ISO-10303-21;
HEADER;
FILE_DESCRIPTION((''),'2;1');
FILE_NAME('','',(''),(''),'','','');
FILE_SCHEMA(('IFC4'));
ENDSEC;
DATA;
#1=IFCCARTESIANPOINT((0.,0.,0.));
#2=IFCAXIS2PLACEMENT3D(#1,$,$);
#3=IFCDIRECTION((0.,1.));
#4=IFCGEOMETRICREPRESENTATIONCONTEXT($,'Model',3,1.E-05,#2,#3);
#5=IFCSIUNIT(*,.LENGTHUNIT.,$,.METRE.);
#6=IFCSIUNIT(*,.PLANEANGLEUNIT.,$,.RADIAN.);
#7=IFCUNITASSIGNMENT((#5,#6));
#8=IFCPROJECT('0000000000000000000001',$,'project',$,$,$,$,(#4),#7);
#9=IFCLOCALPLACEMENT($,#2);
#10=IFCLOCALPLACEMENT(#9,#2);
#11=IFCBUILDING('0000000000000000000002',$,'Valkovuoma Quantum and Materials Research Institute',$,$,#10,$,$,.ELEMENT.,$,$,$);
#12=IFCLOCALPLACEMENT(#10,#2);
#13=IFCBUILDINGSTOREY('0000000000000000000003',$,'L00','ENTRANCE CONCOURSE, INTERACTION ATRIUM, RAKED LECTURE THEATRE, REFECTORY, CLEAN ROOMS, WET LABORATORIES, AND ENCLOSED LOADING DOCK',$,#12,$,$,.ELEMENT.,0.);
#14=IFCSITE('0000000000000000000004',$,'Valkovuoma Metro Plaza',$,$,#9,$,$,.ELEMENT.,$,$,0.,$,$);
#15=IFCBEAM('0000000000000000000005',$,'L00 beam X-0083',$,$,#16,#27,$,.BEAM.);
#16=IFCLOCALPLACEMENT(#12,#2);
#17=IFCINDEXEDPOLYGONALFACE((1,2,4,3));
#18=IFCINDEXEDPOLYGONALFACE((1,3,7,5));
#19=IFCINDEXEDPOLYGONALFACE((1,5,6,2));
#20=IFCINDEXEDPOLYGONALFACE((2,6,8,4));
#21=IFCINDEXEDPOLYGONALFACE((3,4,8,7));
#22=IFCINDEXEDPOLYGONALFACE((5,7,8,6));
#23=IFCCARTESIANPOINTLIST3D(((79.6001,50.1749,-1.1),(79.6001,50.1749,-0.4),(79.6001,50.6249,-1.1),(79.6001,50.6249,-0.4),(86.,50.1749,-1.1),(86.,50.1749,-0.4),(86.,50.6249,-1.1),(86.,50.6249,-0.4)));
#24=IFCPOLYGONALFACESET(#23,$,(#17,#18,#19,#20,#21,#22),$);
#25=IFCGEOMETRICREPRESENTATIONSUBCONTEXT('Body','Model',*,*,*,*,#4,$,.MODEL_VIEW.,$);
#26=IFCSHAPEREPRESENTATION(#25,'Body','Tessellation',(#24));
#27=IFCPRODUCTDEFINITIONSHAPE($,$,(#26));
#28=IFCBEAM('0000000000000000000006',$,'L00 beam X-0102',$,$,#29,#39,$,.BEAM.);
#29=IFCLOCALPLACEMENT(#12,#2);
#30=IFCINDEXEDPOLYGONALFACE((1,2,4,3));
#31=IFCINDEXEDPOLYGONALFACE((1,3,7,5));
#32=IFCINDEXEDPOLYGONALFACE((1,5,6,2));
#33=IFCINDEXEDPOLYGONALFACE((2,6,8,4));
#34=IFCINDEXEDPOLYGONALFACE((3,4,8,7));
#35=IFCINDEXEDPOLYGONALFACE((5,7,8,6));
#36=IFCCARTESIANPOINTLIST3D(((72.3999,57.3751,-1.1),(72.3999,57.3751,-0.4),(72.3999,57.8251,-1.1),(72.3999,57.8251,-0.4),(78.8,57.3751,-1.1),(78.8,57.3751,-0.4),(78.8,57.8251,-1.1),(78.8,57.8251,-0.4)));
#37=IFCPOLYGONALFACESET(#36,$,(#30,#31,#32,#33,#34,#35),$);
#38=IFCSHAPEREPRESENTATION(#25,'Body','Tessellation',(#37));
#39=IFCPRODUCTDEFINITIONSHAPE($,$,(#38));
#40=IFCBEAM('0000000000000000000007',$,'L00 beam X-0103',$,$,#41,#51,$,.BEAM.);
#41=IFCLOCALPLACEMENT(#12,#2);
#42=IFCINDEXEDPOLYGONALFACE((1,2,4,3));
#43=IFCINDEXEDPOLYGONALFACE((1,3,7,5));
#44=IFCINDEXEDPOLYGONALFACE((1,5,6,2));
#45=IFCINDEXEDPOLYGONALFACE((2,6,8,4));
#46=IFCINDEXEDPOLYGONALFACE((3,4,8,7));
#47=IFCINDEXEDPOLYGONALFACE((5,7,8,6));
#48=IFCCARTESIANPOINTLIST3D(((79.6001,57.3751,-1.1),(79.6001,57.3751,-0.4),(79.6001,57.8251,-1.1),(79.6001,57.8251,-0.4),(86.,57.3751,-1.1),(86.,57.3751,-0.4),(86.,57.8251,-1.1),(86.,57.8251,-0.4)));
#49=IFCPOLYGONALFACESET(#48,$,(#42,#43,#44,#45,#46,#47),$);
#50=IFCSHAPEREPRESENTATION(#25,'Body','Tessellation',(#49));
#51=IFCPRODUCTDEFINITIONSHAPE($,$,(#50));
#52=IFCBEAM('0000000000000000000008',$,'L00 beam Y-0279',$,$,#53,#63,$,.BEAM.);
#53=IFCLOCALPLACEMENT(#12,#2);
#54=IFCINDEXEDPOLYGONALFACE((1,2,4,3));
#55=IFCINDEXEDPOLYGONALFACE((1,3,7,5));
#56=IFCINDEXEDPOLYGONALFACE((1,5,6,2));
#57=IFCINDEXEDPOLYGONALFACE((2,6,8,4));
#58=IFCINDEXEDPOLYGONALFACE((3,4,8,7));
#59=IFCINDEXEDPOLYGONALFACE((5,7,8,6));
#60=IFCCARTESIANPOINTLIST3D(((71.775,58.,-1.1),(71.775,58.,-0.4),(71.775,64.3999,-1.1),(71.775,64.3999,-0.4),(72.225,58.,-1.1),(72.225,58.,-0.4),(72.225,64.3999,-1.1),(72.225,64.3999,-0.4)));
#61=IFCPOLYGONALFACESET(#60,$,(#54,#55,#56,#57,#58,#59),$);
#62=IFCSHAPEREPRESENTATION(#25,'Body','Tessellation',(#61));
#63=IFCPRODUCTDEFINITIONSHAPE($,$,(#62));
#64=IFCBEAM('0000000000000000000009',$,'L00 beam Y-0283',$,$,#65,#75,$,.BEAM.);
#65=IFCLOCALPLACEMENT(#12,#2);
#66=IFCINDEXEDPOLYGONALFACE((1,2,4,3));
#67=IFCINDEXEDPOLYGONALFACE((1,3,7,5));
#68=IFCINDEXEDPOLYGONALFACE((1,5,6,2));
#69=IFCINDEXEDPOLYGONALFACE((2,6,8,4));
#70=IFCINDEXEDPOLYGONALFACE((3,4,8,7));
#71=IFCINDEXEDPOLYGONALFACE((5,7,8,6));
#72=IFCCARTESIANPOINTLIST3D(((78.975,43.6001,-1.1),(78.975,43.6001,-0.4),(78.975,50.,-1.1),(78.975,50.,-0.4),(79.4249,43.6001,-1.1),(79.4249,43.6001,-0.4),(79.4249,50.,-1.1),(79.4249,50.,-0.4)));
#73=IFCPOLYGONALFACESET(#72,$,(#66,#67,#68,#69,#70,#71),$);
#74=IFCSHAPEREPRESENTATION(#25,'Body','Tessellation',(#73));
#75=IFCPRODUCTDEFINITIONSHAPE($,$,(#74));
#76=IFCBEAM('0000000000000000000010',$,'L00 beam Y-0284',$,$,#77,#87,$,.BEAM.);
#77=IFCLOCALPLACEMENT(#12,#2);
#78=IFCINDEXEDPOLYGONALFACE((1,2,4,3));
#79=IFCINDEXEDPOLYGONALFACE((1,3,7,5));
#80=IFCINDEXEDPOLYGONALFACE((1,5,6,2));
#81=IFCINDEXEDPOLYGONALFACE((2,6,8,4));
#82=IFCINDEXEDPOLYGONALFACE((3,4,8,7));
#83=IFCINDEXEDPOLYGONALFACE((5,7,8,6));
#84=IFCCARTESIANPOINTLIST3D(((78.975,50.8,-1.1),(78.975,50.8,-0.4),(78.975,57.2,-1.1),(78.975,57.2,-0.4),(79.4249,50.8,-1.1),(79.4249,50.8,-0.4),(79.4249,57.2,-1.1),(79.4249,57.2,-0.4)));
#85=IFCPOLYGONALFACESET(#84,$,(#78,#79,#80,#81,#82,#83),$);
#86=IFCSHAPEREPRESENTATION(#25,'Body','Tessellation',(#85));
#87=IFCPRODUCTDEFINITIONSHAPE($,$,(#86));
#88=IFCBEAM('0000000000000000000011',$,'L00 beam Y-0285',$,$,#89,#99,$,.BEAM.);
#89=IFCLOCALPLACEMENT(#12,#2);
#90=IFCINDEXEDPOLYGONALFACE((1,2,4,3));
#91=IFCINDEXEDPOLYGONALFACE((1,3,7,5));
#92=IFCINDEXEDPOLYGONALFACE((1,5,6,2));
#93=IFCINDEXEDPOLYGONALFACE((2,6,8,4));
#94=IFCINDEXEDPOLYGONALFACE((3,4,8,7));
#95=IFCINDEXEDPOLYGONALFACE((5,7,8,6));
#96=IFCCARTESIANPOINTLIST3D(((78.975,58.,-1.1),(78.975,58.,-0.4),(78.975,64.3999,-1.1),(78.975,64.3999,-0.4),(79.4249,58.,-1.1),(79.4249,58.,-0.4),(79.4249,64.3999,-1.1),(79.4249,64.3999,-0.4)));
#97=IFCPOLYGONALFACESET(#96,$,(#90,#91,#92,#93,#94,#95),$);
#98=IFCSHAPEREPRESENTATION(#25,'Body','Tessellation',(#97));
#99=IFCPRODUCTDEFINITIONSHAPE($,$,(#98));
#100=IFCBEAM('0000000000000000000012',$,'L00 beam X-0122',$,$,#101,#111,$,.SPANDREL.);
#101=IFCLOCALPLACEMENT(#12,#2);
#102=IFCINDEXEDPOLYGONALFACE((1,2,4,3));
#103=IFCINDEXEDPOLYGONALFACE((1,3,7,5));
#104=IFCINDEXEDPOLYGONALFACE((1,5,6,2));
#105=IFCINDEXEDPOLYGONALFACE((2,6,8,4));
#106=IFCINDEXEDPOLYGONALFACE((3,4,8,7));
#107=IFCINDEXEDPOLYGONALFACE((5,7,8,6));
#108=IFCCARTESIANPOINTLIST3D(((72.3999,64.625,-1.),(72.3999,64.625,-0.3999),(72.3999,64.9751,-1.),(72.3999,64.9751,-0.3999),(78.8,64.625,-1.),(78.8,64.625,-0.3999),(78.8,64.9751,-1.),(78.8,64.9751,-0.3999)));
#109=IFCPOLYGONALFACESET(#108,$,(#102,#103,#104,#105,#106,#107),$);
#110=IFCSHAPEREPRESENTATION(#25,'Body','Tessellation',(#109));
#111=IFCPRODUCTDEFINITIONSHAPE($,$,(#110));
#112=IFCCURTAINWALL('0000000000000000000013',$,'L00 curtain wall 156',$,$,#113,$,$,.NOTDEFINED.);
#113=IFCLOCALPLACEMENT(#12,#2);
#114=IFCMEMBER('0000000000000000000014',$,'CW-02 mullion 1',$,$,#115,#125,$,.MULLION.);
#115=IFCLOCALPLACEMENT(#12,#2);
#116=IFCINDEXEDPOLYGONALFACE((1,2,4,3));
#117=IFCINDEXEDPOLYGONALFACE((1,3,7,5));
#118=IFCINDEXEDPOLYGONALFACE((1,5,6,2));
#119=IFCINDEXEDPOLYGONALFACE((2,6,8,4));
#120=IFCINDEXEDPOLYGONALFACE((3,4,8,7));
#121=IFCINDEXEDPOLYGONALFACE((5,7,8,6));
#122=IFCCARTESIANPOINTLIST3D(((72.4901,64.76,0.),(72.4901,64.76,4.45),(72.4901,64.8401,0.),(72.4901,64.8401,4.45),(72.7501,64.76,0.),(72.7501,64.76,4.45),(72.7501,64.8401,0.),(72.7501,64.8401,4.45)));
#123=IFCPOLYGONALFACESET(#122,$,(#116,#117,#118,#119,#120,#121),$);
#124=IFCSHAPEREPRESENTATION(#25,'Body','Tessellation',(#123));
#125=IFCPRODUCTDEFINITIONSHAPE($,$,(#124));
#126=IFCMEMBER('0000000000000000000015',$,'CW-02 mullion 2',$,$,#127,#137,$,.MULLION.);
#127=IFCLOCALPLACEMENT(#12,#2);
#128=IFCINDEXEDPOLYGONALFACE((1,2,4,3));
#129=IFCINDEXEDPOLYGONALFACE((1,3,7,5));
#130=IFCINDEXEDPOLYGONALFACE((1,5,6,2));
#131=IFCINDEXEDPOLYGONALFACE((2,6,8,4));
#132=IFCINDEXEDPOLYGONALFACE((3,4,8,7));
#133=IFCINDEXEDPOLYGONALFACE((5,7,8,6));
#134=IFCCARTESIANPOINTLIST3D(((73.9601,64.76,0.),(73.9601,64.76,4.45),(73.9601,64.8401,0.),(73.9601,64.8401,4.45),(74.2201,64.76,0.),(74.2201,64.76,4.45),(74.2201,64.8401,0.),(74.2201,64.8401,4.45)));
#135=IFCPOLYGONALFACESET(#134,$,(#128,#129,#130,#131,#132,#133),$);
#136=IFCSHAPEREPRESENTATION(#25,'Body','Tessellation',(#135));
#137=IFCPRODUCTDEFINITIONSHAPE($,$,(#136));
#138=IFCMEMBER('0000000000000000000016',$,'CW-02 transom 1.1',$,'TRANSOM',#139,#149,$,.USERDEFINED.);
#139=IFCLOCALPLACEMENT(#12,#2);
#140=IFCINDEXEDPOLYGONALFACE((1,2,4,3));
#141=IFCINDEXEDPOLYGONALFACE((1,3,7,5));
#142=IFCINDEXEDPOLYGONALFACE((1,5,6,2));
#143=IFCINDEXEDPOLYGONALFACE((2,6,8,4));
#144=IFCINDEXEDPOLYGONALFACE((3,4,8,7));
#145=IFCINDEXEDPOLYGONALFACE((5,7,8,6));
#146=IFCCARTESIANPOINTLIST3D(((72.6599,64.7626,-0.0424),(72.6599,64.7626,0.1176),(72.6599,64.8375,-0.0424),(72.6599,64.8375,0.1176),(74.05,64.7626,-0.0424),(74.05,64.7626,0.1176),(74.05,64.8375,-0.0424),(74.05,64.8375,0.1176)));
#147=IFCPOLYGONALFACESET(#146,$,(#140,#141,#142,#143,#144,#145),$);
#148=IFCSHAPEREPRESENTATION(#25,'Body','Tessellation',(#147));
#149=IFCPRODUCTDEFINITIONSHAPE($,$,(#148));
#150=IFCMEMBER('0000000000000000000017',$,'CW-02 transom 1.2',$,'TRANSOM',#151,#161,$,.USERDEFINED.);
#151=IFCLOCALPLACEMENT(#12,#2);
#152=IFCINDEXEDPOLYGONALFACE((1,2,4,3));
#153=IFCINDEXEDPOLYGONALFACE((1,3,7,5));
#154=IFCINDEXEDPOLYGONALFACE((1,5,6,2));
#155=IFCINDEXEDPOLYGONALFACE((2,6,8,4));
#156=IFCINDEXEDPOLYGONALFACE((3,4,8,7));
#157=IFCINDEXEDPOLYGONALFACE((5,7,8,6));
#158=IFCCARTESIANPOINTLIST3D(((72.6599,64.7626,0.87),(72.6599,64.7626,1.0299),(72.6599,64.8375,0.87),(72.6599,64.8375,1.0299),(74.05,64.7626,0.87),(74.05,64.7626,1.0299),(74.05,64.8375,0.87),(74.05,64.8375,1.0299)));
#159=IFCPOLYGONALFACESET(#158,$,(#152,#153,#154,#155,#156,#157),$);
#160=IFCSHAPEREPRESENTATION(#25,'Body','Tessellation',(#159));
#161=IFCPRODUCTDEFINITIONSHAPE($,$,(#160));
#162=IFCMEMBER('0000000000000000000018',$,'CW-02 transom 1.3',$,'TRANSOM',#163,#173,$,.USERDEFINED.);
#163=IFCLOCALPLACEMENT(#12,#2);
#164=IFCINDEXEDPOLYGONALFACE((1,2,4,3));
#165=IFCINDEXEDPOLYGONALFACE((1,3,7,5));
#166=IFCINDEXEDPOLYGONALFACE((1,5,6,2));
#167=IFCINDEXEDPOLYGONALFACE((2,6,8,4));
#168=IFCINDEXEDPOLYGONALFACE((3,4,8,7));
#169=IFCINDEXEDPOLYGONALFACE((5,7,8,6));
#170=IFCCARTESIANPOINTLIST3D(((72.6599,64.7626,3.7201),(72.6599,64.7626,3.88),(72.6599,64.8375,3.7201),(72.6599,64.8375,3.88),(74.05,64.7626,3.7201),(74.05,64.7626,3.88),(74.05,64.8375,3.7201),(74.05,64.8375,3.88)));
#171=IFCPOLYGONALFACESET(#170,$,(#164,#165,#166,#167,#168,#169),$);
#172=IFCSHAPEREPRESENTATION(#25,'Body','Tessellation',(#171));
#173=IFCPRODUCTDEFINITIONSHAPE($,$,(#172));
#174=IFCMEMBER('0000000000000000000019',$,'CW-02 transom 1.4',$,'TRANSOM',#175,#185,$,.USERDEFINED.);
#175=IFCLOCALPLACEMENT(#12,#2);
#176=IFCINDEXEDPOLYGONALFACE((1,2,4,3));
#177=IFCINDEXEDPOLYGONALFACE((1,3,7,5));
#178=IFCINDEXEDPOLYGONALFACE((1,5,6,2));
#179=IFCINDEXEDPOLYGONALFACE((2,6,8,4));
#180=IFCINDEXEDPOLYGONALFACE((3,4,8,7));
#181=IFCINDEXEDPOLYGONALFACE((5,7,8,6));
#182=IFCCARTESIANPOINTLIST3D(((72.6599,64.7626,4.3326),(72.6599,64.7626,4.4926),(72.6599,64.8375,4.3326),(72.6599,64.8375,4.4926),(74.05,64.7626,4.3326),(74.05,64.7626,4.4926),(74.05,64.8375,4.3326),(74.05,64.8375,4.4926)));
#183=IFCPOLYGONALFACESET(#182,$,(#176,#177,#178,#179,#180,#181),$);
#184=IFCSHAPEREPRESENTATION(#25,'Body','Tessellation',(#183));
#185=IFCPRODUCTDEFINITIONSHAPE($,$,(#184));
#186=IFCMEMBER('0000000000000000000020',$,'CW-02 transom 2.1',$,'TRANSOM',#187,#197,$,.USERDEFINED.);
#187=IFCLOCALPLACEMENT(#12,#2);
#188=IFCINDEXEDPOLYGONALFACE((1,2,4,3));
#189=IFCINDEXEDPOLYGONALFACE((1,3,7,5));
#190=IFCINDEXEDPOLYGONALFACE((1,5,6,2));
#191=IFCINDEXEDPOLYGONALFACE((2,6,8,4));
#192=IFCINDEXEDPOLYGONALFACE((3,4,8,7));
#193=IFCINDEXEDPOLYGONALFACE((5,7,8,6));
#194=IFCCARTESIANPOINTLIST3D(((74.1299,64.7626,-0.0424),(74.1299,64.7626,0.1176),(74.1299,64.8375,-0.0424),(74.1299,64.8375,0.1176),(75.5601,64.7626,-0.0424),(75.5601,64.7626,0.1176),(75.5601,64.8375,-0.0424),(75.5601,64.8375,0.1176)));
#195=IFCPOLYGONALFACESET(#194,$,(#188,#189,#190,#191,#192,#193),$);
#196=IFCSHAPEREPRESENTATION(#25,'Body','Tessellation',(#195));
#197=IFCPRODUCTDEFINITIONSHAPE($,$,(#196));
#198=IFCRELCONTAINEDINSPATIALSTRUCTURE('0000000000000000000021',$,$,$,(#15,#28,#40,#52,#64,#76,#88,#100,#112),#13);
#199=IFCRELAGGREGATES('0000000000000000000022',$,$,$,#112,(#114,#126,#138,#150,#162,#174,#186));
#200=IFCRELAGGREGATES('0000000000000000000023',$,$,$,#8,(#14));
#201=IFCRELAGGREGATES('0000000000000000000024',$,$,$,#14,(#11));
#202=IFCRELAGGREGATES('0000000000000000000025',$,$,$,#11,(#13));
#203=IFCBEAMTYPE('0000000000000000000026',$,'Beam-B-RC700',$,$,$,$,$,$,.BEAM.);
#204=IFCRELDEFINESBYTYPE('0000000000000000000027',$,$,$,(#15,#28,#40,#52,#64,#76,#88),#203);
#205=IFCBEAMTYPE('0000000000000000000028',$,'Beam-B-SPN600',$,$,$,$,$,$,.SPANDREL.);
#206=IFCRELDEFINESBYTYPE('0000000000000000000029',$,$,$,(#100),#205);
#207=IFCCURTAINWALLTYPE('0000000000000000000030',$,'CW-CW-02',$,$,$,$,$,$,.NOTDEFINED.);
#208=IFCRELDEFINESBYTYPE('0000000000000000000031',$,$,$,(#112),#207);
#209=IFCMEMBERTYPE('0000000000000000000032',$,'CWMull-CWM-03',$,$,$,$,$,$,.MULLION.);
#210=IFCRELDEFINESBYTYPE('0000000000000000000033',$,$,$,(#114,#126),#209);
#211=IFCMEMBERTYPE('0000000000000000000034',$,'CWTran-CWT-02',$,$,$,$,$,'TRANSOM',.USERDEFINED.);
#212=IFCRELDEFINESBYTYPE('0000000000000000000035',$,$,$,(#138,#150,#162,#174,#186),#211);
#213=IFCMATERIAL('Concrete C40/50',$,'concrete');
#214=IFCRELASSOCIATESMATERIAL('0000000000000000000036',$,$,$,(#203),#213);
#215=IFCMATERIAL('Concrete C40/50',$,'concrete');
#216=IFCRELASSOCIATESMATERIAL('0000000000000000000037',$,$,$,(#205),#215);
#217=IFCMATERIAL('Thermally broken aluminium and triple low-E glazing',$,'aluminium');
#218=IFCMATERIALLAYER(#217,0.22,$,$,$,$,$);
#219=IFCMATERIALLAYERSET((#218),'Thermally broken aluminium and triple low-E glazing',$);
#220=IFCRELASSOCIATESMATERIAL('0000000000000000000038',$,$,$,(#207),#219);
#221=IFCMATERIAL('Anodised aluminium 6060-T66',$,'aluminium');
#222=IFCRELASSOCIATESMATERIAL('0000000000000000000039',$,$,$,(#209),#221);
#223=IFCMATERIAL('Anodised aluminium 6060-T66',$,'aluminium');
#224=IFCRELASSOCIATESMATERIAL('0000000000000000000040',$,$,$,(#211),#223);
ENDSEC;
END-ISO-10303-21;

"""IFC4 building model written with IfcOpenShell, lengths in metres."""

from ifc_helpers import new_model, si_unit, direction, frame, origin, origin_2d, place, context, subcontext, project, spatial, rectangle, extrude, material, layer, layer_set, material_profile, profile_set, type_object, element, aggregate, save


model = new_model("IFC4")

# Units and contexts
model_context = context("Model", 3, precision=1e-05, world=origin(), true_north=direction((0.0, 1.0)))
body_context = subcontext(model_context, "Body", "Model", "MODEL_VIEW")
ifc_project = project(units=[si_unit("LENGTHUNIT", "METRE"), si_unit("PLANEANGLEUNIT", "RADIAN")], contexts=[model_context])

# Site, building, storey
site_placement = place(None, origin())
site = spatial("IfcSite", under=ifc_project, at=site_placement, Name="Valkovuoma Metro Plaza", CompositionType="ELEMENT", RefElevation=0.0)
building_placement = place(site_placement, origin())
building = spatial("IfcBuilding", under=site, at=building_placement, Name="Valkovuoma Quantum and Materials Research Institute", CompositionType="ELEMENT")
storey_placement = place(building_placement, origin())
storey = spatial("IfcBuildingStorey", under=building, at=storey_placement, Name="L00", Description="ENTRANCE CONCOURSE, INTERACTION ATRIUM, RAKED LECTURE THEATRE, REFECTORY, CLEAN ROOMS, WET LABORATORIES, AND ENCLOSED LOADING DOCK", CompositionType="ELEMENT", Elevation=0.0)

# Beams
ifc_material_1 = material(Name="Concrete C40/50", Category="concrete")
ifc_material_profile_1 = material_profile(ifc_material_1, rectangle(XDim=0.45, YDim=0.7, at=origin_2d()), Name="Concrete C40/50")
ifc_profile_set_1 = profile_set([ifc_material_profile_1], Name="Concrete C40/50")
beam_type_1 = type_object("IfcBeamType", Name="Beam-B-RC700", PredefinedType="BEAM", material=ifc_profile_set_1)
beam_1_placement = place(storey_placement, frame((79.6001, 50.3999, -0.75), z_axis=(1.0, 0.0, 0.0), x_axis=(0.0, 1.0, 0.0)))
element("IfcBeam", 1, at=beam_1_placement, inside=storey, type_object=beam_type_1, Name="L00 beam X-0083", PredefinedType="BEAM", context=body_context, shape_type="SweptSolid", body=[
    extrude(rectangle(XDim=0.45, YDim=0.7, at=origin_2d()), origin(), (0.0, 0.0, 1.0), 6.3999),
])
beam_2_placement = place(storey_placement, frame((72.3999, 57.6001, -0.75), z_axis=(1.0, 0.0, 0.0), x_axis=(0.0, 1.0, 0.0)))
element("IfcBeam", 2, at=beam_2_placement, inside=storey, type_object=beam_type_1, Name="L00 beam X-0102", PredefinedType="BEAM", context=body_context, shape_type="SweptSolid", body=[
    extrude(rectangle(XDim=0.45, YDim=0.7, at=origin_2d()), origin(), (0.0, 0.0, 1.0), 6.4001),
])
for number, where, z_axis, x_axis, name in (
    (3, (79.6001, 57.6001, -0.75), (1.0, 0.0, 0.0), (0.0, 1.0, 0.0), "L00 beam X-0103"),
    (4, (72.0, 58.0, -0.75), (0.0, 1.0, 0.0), (-1.0, 0.0, 0.0), "L00 beam Y-0279"),
    (5, (79.2, 43.6001, -0.75), (0.0, 1.0, 0.0), (-1.0, 0.0, 0.0), "L00 beam Y-0283"),
    (6, (79.2, 50.8, -0.75), (0.0, 1.0, 0.0), (-1.0, 0.0, 0.0), "L00 beam Y-0284"),
    (7, (79.2, 58.0, -0.75), (0.0, 1.0, 0.0), (-1.0, 0.0, 0.0), "L00 beam Y-0285"),
):
    element("IfcBeam", number, at=place(storey_placement, frame(where, z_axis=z_axis, x_axis=x_axis)), inside=storey, type_object=beam_type_1, Name=name, PredefinedType="BEAM", context=body_context, shape_type="SweptSolid", body=[
        extrude(rectangle(XDim=0.45, YDim=0.7, at=origin_2d()), origin(), (0.0, 0.0, 1.0), 6.3999),
    ])
ifc_material_2 = material(Name="Concrete C40/50", Category="concrete")
ifc_material_profile_2 = material_profile(ifc_material_2, rectangle(XDim=0.3501, YDim=0.6001, at=origin_2d()), Name="Concrete C40/50")
ifc_profile_set_2 = profile_set([ifc_material_profile_2], Name="Concrete C40/50")
beam_type_2 = type_object("IfcBeamType", Name="Beam-B-SPN600", PredefinedType="SPANDREL", material=ifc_profile_set_2)
beam_3_placement = place(storey_placement, frame((72.3999, 64.8, -0.7), z_axis=(1.0, 0.0, 0.0), x_axis=(0.0, 1.0, 0.0)))
element("IfcBeam", 8, at=beam_3_placement, inside=storey, type_object=beam_type_2, Name="L00 beam X-0122", PredefinedType="SPANDREL", context=body_context, shape_type="SweptSolid", body=[
    extrude(rectangle(XDim=0.3501, YDim=0.6001, at=origin_2d()), origin(), (0.0, 0.0, 1.0), 6.4001),
])

# Curtain wall, members
ifc_material_3 = material(Name="Thermally broken aluminium and triple low-E glazing", Category="aluminium")
ifc_layer_1 = layer(ifc_material_3, 0.22)
ifc_layer_set_1 = layer_set([ifc_layer_1], Name="Thermally broken aluminium and triple low-E glazing")
curtain_wall_type = type_object("IfcCurtainWallType", Name="CW-CW-02", PredefinedType="NOTDEFINED", material=ifc_layer_set_1)
curtain_wall_placement = place(storey_placement, origin())
curtain_wall = element("IfcCurtainWall", 9, at=curtain_wall_placement, inside=storey, type_object=curtain_wall_type, Name="L00 curtain wall 156", PredefinedType="NOTDEFINED")
ifc_material_4 = material(Name="Anodised aluminium 6060-T66", Category="aluminium")
ifc_material_profile_3 = material_profile(ifc_material_4, rectangle(XDim=0.0801, YDim=0.26, at=origin_2d()), Name="Anodised aluminium 6060-T66")
ifc_profile_set_3 = profile_set([ifc_material_profile_3], Name="Anodised aluminium 6060-T66")
member_type_1 = type_object("IfcMemberType", Name="CWMull-CWM-03", PredefinedType="MULLION", material=ifc_profile_set_3)
member_1_placement = place(storey_placement, frame((72.6201, 64.8, 0.0), z_axis=(0.0, 0.0, 1.0), x_axis=(0.0, 1.0, 0.0)))
member_1 = element("IfcMember", 10, at=member_1_placement, type_object=member_type_1, Name="CW-02 mullion 1", PredefinedType="MULLION", context=body_context, shape_type="SweptSolid", body=[
    extrude(rectangle(XDim=0.0801, YDim=0.26, at=origin_2d()), origin(), (0.0, 0.0, 1.0), 4.45),
])
member_2_placement = place(storey_placement, frame((74.0901, 64.8, 0.0), z_axis=(0.0, 0.0, 1.0), x_axis=(0.0, 1.0, 0.0)))
member_2 = element("IfcMember", 11, at=member_2_placement, type_object=member_type_1, Name="CW-02 mullion 2", PredefinedType="MULLION", context=body_context, shape_type="SweptSolid", body=[
    extrude(rectangle(XDim=0.0801, YDim=0.26, at=origin_2d()), origin(), (0.0, 0.0, 1.0), 4.45),
])
ifc_material_5 = material(Name="Anodised aluminium 6060-T66", Category="aluminium")
ifc_material_profile_4 = material_profile(ifc_material_5, rectangle(XDim=0.075, YDim=0.1599, at=origin_2d()), Name="Anodised aluminium 6060-T66")
ifc_profile_set_4 = profile_set([ifc_material_profile_4], Name="Anodised aluminium 6060-T66")
member_type_2 = type_object("IfcMemberType", Name="CWTran-CWT-02", ElementType="TRANSOM", PredefinedType="USERDEFINED", material=ifc_profile_set_4)
member_3_placement = place(storey_placement, frame((72.6599, 64.8, 0.0376), z_axis=(1.0, 0.0, 0.0), x_axis=(0.0, 1.0, 0.0)))
member_3 = element("IfcMember", 12, at=member_3_placement, type_object=member_type_2, Name="CW-02 transom 1.1", ObjectType="TRANSOM", PredefinedType="USERDEFINED", context=body_context, shape_type="SweptSolid", body=[
    extrude(rectangle(XDim=0.075, YDim=0.1599, at=origin_2d()), origin(), (0.0, 0.0, 1.0), 1.3901),
])
member_4_placement = place(storey_placement, frame((72.6599, 64.8, 0.95), z_axis=(1.0, 0.0, 0.0), x_axis=(0.0, 1.0, 0.0)))
member_4 = element("IfcMember", 13, at=member_4_placement, type_object=member_type_2, Name="CW-02 transom 1.2", ObjectType="TRANSOM", PredefinedType="USERDEFINED", context=body_context, shape_type="SweptSolid", body=[
    extrude(rectangle(XDim=0.075, YDim=0.1599, at=origin_2d()), origin(), (0.0, 0.0, 1.0), 1.3901),
])
member_5_placement = place(storey_placement, frame((72.6599, 64.8, 3.8), z_axis=(1.0, 0.0, 0.0), x_axis=(0.0, 1.0, 0.0)))
member_5 = element("IfcMember", 14, at=member_5_placement, type_object=member_type_2, Name="CW-02 transom 1.3", ObjectType="TRANSOM", PredefinedType="USERDEFINED", context=body_context, shape_type="SweptSolid", body=[
    extrude(rectangle(XDim=0.075, YDim=0.1599, at=origin_2d()), origin(), (0.0, 0.0, 1.0), 1.3901),
])
member_6_placement = place(storey_placement, frame((72.6599, 64.8, 4.4126), z_axis=(1.0, 0.0, 0.0), x_axis=(0.0, 1.0, 0.0)))
member_6 = element("IfcMember", 15, at=member_6_placement, type_object=member_type_2, Name="CW-02 transom 1.4", ObjectType="TRANSOM", PredefinedType="USERDEFINED", context=body_context, shape_type="SweptSolid", body=[
    extrude(rectangle(XDim=0.075, YDim=0.1599, at=origin_2d()), origin(), (0.0, 0.0, 1.0), 1.3901),
])
member_7_placement = place(storey_placement, frame((74.1299, 64.8, 0.0376), z_axis=(1.0, 0.0, 0.0), x_axis=(0.0, 1.0, 0.0)))
member_7 = element("IfcMember", 16, at=member_7_placement, type_object=member_type_2, Name="CW-02 transom 2.1", ObjectType="TRANSOM", PredefinedType="USERDEFINED", context=body_context, shape_type="SweptSolid", body=[
    extrude(rectangle(XDim=0.075, YDim=0.1599, at=origin_2d()), origin(), (0.0, 0.0, 1.0), 1.4302),
])
aggregate(curtain_wall, [member_1, member_2, member_3, member_4, member_5, member_6, member_7])

save(model, "model.ifc")
